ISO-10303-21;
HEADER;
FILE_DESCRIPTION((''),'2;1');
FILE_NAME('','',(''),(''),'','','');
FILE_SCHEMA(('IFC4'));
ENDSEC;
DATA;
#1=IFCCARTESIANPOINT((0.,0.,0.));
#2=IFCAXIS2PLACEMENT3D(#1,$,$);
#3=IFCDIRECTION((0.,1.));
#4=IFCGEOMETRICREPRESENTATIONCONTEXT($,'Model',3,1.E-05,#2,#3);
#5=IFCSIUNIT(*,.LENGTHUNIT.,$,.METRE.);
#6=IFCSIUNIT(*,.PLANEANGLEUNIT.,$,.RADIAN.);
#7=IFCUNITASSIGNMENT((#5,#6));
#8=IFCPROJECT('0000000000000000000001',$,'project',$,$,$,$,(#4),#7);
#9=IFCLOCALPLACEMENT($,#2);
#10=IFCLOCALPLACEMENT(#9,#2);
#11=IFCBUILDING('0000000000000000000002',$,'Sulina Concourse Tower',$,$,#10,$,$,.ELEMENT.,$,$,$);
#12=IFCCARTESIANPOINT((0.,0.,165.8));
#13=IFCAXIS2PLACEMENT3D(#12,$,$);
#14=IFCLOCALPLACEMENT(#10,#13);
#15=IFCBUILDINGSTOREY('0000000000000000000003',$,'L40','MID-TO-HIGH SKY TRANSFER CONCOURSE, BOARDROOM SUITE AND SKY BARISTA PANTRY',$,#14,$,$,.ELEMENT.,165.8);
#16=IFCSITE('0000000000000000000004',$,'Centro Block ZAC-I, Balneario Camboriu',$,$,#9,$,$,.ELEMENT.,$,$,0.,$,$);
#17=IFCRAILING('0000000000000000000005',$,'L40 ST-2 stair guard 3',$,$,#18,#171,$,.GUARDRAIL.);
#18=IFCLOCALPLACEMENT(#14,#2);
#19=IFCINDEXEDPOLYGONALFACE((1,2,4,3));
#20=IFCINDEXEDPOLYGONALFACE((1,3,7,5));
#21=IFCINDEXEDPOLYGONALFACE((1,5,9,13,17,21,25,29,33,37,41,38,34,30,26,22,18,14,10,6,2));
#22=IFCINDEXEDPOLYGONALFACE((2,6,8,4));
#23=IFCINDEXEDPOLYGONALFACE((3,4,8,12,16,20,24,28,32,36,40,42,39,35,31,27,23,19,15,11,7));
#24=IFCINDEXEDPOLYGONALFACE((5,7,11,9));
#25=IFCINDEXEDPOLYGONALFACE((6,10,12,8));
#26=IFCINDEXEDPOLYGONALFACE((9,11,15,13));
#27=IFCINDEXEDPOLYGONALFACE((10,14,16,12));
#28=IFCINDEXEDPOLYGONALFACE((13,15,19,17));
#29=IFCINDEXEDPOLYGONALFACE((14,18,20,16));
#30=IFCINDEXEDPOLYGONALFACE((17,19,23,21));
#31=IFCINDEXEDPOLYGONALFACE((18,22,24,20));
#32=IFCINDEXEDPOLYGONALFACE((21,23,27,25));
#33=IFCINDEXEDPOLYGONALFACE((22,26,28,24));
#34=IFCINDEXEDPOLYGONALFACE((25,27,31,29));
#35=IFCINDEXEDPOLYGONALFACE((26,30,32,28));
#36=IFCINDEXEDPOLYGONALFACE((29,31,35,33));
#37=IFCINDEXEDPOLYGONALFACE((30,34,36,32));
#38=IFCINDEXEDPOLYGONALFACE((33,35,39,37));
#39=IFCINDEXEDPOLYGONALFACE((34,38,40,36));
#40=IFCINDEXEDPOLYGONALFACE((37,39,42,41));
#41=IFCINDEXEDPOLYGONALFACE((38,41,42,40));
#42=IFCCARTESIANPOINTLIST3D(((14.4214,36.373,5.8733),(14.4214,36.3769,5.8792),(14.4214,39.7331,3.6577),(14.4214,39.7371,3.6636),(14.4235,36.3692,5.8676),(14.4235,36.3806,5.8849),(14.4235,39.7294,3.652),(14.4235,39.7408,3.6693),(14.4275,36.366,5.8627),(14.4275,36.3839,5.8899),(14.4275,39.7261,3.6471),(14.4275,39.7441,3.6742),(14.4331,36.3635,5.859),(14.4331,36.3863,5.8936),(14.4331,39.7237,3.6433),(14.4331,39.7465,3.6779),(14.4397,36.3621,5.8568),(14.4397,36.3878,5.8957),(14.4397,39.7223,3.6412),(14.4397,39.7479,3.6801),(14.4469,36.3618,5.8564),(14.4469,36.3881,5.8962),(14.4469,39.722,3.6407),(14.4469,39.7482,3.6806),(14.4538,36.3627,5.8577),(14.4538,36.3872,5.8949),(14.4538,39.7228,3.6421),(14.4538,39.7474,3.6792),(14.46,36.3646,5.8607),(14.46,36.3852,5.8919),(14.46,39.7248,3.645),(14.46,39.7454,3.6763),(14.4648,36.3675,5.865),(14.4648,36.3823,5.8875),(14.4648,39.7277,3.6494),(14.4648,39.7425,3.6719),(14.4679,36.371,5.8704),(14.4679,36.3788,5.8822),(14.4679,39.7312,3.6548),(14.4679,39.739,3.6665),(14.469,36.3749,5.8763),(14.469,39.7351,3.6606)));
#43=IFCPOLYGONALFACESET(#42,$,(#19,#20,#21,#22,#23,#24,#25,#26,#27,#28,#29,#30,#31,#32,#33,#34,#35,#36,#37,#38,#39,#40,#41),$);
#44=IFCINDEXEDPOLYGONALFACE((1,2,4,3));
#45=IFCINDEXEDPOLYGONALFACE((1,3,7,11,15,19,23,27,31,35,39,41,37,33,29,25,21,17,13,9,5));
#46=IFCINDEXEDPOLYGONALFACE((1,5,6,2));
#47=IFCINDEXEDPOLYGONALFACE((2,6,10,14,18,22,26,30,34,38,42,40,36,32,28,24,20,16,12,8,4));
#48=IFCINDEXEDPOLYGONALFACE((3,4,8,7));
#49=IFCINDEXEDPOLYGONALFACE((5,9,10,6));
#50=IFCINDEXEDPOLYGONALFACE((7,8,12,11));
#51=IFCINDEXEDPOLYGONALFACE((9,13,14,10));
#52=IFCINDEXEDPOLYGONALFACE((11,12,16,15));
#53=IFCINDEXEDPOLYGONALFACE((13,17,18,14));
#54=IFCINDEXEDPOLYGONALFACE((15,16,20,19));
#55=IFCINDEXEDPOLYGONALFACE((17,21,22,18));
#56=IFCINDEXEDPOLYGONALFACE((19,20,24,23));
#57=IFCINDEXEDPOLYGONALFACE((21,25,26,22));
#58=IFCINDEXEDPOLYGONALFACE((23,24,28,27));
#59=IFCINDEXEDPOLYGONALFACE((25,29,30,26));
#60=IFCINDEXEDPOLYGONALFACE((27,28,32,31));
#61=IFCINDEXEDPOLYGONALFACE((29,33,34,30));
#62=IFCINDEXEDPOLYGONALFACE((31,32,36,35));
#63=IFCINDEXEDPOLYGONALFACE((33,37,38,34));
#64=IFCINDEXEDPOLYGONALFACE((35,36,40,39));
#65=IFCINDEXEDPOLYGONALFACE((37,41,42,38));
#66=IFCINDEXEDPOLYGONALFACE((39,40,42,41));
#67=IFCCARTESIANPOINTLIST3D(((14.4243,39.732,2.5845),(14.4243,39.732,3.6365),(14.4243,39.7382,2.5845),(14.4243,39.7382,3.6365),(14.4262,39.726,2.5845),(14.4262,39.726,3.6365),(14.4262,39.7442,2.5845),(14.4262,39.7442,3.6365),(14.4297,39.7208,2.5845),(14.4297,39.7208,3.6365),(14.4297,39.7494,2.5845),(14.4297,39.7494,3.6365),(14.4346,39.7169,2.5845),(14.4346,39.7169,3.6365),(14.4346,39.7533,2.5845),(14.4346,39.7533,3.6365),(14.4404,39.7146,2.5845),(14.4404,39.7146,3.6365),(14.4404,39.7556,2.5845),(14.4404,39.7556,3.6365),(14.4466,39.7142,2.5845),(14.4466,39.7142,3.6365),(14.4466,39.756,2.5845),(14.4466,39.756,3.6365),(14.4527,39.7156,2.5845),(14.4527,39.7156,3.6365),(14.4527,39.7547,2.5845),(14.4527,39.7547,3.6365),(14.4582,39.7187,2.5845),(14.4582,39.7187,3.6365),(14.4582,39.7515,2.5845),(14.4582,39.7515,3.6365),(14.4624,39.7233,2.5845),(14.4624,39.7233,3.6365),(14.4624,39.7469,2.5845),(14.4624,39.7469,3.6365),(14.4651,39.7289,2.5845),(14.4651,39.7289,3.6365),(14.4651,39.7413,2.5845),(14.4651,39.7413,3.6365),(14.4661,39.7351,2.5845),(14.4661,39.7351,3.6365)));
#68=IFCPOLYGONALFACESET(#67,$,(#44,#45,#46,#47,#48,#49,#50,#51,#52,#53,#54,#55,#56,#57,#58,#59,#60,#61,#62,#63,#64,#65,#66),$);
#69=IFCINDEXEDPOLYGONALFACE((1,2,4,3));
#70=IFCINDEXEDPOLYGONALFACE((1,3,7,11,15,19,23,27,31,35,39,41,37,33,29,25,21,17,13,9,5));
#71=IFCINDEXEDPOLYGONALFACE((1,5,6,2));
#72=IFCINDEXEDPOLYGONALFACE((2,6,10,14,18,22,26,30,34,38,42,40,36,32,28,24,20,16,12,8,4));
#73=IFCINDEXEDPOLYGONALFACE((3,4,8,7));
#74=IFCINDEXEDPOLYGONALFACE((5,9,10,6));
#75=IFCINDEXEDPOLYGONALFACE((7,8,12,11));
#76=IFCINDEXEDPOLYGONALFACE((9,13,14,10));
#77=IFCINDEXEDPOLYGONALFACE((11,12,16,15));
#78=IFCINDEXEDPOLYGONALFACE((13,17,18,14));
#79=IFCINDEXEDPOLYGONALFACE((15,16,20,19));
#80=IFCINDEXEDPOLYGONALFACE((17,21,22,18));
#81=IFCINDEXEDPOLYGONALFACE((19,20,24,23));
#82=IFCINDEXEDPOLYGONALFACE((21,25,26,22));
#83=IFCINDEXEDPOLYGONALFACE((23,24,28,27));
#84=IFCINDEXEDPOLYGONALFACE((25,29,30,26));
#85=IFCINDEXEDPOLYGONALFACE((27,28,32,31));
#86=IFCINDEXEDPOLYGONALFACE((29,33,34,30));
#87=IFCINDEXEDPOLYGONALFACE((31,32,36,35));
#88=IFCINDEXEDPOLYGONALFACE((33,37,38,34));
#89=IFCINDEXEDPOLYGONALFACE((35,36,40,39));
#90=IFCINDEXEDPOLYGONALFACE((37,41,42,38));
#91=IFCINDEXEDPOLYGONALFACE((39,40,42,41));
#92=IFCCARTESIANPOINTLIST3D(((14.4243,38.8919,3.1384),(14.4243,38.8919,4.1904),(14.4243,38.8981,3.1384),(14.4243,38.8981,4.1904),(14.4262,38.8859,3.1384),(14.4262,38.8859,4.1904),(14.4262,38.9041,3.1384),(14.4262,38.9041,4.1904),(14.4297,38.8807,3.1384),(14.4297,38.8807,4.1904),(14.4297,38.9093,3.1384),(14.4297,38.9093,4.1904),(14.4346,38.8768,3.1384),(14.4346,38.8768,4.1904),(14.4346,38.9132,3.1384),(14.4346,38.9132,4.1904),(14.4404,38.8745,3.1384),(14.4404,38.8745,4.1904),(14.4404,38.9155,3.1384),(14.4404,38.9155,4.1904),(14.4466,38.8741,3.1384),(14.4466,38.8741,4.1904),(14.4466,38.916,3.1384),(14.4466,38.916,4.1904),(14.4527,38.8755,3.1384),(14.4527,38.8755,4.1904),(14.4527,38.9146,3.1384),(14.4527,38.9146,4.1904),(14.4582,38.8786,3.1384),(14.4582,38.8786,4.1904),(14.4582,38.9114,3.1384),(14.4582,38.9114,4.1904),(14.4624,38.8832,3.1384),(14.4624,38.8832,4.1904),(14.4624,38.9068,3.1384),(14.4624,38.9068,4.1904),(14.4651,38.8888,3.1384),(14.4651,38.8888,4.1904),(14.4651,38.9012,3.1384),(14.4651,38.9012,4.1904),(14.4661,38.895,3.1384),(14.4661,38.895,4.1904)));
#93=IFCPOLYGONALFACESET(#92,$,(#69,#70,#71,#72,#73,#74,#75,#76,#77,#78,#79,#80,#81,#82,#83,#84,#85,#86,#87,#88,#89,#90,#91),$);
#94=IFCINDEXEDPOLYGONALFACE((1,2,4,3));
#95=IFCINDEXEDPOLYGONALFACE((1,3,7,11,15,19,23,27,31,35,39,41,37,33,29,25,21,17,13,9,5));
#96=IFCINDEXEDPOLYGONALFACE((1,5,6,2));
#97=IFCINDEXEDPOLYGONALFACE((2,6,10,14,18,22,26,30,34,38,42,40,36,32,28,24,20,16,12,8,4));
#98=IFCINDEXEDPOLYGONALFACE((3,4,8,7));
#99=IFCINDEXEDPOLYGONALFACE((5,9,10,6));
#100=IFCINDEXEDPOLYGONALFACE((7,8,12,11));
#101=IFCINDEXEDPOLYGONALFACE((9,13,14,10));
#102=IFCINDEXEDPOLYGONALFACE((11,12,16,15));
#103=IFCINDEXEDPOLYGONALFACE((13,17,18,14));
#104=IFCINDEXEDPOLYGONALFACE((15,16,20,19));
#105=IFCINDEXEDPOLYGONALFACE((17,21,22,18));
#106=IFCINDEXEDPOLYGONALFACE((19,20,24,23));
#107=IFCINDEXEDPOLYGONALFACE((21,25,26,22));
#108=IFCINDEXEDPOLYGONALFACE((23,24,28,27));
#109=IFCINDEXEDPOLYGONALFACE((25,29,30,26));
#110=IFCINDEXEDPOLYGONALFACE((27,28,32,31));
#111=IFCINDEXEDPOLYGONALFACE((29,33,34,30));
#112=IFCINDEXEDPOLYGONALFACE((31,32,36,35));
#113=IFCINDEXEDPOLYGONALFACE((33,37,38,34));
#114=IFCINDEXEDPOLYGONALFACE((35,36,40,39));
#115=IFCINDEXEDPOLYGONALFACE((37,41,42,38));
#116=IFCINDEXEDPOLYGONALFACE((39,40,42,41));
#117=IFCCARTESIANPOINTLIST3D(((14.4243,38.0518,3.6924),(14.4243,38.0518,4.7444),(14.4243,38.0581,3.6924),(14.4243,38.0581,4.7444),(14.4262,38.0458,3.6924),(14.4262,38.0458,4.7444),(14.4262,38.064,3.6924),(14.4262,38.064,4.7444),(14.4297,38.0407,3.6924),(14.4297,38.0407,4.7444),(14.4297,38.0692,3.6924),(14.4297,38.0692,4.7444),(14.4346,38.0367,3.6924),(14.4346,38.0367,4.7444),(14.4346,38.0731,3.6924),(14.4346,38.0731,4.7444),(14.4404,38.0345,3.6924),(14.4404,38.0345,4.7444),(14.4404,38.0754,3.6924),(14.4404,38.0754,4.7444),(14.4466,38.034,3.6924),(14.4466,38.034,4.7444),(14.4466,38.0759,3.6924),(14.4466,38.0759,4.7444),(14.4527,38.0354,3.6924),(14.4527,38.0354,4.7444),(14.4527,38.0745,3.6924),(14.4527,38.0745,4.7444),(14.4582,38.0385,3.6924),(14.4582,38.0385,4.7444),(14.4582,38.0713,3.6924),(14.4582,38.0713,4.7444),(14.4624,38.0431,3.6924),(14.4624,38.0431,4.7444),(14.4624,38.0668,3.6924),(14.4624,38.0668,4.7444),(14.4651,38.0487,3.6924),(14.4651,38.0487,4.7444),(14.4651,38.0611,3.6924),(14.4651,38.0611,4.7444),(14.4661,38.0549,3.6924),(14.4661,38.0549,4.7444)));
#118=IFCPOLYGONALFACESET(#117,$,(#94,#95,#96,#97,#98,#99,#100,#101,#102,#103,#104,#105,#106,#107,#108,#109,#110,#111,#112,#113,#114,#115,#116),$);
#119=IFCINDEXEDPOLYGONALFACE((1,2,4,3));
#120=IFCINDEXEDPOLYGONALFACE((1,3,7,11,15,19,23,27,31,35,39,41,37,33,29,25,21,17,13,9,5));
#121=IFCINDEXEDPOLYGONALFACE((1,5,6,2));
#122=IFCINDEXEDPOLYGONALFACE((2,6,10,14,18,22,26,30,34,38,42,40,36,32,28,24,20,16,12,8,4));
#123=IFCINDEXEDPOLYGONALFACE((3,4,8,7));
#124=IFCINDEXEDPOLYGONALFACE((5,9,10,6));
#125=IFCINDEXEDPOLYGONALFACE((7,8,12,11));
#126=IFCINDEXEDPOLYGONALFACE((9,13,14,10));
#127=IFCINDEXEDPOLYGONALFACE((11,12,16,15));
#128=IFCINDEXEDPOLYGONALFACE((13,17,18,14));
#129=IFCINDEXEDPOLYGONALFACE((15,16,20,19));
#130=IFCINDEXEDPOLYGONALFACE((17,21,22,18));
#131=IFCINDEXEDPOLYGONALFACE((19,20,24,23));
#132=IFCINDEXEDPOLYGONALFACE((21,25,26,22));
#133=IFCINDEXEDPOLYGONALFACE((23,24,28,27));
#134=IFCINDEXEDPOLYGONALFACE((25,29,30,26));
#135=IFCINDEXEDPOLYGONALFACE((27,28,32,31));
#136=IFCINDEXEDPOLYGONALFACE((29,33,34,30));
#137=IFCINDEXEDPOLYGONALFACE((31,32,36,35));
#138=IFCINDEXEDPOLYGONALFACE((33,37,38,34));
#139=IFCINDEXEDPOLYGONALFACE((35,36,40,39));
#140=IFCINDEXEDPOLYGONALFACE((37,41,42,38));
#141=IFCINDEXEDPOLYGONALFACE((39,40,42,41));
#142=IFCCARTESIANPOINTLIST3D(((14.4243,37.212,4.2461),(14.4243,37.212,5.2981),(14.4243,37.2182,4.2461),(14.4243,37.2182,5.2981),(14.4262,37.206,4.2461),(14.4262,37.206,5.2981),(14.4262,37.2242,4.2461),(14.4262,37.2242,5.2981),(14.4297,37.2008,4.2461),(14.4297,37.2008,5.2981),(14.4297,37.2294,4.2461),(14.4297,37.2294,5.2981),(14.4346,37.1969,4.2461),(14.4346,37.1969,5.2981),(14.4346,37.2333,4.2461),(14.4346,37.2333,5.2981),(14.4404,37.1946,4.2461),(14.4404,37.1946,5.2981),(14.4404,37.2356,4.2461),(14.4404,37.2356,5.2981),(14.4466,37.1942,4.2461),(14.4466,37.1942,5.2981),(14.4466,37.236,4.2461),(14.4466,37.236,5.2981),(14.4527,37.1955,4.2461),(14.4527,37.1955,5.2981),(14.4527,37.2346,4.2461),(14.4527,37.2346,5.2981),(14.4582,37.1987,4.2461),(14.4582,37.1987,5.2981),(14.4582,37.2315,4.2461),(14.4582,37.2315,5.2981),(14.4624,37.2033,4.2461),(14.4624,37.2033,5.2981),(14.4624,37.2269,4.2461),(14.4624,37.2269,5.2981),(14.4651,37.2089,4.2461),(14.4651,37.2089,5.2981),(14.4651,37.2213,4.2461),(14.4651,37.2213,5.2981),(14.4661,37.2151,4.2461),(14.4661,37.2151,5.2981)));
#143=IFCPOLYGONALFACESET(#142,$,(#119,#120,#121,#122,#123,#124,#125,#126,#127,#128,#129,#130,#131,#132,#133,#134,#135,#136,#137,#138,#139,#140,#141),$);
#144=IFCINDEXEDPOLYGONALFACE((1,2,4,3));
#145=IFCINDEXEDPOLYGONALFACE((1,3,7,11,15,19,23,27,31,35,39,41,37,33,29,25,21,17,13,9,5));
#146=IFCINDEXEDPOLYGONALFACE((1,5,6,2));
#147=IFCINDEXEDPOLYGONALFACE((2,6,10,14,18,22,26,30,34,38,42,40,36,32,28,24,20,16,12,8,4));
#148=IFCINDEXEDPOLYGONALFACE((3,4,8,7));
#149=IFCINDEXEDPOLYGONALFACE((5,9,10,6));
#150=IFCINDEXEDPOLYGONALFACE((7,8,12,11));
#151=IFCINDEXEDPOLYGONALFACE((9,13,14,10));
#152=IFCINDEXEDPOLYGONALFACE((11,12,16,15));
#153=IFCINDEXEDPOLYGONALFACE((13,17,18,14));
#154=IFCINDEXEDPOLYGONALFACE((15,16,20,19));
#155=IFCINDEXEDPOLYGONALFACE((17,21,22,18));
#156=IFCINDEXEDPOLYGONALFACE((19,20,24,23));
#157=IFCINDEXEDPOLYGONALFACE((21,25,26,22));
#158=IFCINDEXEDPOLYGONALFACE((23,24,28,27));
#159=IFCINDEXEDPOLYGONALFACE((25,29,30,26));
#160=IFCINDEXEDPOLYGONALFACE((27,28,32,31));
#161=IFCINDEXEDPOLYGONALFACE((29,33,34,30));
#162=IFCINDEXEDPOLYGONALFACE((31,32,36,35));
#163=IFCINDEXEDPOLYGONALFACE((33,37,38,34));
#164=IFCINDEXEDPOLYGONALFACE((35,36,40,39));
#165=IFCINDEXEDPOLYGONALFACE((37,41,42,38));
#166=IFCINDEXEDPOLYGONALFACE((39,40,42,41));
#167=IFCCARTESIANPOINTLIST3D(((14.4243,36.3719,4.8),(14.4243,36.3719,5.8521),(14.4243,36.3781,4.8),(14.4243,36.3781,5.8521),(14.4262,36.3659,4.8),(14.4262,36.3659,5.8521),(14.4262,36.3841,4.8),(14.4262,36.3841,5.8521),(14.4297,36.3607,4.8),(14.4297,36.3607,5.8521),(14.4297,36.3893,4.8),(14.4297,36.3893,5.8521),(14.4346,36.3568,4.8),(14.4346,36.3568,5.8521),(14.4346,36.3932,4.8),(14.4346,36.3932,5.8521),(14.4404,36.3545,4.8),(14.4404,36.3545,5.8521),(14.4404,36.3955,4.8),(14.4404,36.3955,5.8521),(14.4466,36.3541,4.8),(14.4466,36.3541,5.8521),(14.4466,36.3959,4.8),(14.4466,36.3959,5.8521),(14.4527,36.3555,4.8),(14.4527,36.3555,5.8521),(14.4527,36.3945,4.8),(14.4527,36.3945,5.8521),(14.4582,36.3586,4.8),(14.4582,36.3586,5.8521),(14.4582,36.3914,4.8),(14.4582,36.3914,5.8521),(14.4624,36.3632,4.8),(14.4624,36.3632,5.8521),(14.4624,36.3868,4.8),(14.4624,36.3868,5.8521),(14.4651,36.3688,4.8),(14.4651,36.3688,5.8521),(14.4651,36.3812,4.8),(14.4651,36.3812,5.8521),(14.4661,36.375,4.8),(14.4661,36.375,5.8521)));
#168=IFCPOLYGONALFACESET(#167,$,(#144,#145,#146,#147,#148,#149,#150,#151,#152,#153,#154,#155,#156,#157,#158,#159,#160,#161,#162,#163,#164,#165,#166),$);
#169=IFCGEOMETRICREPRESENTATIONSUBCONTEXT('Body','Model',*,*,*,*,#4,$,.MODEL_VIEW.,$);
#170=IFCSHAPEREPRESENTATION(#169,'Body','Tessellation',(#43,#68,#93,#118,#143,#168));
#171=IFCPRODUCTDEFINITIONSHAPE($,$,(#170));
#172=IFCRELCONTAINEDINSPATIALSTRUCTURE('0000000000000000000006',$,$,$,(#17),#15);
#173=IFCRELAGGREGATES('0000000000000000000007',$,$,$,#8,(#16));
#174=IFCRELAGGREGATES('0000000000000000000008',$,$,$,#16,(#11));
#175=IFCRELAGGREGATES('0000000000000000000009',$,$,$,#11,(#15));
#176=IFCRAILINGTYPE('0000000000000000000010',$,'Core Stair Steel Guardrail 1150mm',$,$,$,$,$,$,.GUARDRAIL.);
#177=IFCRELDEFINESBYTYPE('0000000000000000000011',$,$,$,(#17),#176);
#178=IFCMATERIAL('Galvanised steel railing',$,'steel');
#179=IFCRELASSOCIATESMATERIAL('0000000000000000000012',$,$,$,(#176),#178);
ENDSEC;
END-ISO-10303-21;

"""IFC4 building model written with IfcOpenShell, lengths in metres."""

from ifc_helpers import new_model, si_unit, direction, frame, origin, origin_2d, place, context, subcontext, project, spatial, circle, extrude, material, type_object, element, save


model = new_model("IFC4")

# Units and contexts
model_context = context("Model", 3, precision=1e-05, world=origin(), true_north=direction((0.0, 1.0)))
body_context = subcontext(model_context, "Body", "Model", "MODEL_VIEW")
ifc_project = project(units=[si_unit("LENGTHUNIT", "METRE"), si_unit("PLANEANGLEUNIT", "RADIAN")], contexts=[model_context])

# Site, building, storey
site_placement = place(None, origin())
site = spatial("IfcSite", under=ifc_project, at=site_placement, Name="Centro Block ZAC-I, Balneario Camboriu", CompositionType="ELEMENT", RefElevation=0.0)
building_placement = place(site_placement, origin())
building = spatial("IfcBuilding", under=site, at=building_placement, Name="Sulina Concourse Tower", CompositionType="ELEMENT")
storey_placement = place(building_placement, frame((0.0, 0.0, 165.8)))
storey = spatial("IfcBuildingStorey", under=building, at=storey_placement, Name="L40", Description="MID-TO-HIGH SKY TRANSFER CONCOURSE, BOARDROOM SUITE AND SKY BARISTA PANTRY", CompositionType="ELEMENT", Elevation=165.8)

# Railing
ifc_material_1 = material(Name="Galvanised steel railing", Category="steel")
railing_type_1 = type_object("IfcRailingType", Name="Core Stair Steel Guardrail 1150mm", PredefinedType="GUARDRAIL", material=ifc_material_1)
railing_1_placement = place(storey_placement, frame((14.4451, 39.7351, 2.5845)))
element("IfcRailing", 1, at=railing_1_placement, inside=storey, type_object=railing_type_1, Name="L40 ST-2 stair guard 3", PredefinedType="GUARDRAIL", context=body_context, shape_type="SweptSolid", body=[
    extrude(circle(Radius=0.0239, at=origin_2d()), frame((0.0, 0.0, 1.0762), z_axis=(0.0, -0.834849, 0.55048), x_axis=(1.0, 0.0, 0.0)), (0.0, 0.0, 1.0), 4.0249),
    extrude(circle(Radius=0.021, at=origin_2d()), origin(), (0.0, 0.0, 1.0), 1.052),
    extrude(circle(Radius=0.021, at=origin_2d()), frame((0.0, -0.8401, 0.554)), (0.0, 0.0, 1.0), 1.052),
    extrude(circle(Radius=0.021, at=origin_2d()), frame((0.0, -1.6802, 1.1079)), (0.0, 0.0, 1.0), 1.052),
    extrude(circle(Radius=0.021, at=origin_2d()), frame((0.0, -2.52, 1.6616)), (0.0, 0.0, 1.0), 1.052),
    extrude(circle(Radius=0.021, at=origin_2d()), frame((0.0, -3.3601, 2.2156)), (0.0, 0.0, 1.0), 1.052),
])

save(model, "model.ifc")
